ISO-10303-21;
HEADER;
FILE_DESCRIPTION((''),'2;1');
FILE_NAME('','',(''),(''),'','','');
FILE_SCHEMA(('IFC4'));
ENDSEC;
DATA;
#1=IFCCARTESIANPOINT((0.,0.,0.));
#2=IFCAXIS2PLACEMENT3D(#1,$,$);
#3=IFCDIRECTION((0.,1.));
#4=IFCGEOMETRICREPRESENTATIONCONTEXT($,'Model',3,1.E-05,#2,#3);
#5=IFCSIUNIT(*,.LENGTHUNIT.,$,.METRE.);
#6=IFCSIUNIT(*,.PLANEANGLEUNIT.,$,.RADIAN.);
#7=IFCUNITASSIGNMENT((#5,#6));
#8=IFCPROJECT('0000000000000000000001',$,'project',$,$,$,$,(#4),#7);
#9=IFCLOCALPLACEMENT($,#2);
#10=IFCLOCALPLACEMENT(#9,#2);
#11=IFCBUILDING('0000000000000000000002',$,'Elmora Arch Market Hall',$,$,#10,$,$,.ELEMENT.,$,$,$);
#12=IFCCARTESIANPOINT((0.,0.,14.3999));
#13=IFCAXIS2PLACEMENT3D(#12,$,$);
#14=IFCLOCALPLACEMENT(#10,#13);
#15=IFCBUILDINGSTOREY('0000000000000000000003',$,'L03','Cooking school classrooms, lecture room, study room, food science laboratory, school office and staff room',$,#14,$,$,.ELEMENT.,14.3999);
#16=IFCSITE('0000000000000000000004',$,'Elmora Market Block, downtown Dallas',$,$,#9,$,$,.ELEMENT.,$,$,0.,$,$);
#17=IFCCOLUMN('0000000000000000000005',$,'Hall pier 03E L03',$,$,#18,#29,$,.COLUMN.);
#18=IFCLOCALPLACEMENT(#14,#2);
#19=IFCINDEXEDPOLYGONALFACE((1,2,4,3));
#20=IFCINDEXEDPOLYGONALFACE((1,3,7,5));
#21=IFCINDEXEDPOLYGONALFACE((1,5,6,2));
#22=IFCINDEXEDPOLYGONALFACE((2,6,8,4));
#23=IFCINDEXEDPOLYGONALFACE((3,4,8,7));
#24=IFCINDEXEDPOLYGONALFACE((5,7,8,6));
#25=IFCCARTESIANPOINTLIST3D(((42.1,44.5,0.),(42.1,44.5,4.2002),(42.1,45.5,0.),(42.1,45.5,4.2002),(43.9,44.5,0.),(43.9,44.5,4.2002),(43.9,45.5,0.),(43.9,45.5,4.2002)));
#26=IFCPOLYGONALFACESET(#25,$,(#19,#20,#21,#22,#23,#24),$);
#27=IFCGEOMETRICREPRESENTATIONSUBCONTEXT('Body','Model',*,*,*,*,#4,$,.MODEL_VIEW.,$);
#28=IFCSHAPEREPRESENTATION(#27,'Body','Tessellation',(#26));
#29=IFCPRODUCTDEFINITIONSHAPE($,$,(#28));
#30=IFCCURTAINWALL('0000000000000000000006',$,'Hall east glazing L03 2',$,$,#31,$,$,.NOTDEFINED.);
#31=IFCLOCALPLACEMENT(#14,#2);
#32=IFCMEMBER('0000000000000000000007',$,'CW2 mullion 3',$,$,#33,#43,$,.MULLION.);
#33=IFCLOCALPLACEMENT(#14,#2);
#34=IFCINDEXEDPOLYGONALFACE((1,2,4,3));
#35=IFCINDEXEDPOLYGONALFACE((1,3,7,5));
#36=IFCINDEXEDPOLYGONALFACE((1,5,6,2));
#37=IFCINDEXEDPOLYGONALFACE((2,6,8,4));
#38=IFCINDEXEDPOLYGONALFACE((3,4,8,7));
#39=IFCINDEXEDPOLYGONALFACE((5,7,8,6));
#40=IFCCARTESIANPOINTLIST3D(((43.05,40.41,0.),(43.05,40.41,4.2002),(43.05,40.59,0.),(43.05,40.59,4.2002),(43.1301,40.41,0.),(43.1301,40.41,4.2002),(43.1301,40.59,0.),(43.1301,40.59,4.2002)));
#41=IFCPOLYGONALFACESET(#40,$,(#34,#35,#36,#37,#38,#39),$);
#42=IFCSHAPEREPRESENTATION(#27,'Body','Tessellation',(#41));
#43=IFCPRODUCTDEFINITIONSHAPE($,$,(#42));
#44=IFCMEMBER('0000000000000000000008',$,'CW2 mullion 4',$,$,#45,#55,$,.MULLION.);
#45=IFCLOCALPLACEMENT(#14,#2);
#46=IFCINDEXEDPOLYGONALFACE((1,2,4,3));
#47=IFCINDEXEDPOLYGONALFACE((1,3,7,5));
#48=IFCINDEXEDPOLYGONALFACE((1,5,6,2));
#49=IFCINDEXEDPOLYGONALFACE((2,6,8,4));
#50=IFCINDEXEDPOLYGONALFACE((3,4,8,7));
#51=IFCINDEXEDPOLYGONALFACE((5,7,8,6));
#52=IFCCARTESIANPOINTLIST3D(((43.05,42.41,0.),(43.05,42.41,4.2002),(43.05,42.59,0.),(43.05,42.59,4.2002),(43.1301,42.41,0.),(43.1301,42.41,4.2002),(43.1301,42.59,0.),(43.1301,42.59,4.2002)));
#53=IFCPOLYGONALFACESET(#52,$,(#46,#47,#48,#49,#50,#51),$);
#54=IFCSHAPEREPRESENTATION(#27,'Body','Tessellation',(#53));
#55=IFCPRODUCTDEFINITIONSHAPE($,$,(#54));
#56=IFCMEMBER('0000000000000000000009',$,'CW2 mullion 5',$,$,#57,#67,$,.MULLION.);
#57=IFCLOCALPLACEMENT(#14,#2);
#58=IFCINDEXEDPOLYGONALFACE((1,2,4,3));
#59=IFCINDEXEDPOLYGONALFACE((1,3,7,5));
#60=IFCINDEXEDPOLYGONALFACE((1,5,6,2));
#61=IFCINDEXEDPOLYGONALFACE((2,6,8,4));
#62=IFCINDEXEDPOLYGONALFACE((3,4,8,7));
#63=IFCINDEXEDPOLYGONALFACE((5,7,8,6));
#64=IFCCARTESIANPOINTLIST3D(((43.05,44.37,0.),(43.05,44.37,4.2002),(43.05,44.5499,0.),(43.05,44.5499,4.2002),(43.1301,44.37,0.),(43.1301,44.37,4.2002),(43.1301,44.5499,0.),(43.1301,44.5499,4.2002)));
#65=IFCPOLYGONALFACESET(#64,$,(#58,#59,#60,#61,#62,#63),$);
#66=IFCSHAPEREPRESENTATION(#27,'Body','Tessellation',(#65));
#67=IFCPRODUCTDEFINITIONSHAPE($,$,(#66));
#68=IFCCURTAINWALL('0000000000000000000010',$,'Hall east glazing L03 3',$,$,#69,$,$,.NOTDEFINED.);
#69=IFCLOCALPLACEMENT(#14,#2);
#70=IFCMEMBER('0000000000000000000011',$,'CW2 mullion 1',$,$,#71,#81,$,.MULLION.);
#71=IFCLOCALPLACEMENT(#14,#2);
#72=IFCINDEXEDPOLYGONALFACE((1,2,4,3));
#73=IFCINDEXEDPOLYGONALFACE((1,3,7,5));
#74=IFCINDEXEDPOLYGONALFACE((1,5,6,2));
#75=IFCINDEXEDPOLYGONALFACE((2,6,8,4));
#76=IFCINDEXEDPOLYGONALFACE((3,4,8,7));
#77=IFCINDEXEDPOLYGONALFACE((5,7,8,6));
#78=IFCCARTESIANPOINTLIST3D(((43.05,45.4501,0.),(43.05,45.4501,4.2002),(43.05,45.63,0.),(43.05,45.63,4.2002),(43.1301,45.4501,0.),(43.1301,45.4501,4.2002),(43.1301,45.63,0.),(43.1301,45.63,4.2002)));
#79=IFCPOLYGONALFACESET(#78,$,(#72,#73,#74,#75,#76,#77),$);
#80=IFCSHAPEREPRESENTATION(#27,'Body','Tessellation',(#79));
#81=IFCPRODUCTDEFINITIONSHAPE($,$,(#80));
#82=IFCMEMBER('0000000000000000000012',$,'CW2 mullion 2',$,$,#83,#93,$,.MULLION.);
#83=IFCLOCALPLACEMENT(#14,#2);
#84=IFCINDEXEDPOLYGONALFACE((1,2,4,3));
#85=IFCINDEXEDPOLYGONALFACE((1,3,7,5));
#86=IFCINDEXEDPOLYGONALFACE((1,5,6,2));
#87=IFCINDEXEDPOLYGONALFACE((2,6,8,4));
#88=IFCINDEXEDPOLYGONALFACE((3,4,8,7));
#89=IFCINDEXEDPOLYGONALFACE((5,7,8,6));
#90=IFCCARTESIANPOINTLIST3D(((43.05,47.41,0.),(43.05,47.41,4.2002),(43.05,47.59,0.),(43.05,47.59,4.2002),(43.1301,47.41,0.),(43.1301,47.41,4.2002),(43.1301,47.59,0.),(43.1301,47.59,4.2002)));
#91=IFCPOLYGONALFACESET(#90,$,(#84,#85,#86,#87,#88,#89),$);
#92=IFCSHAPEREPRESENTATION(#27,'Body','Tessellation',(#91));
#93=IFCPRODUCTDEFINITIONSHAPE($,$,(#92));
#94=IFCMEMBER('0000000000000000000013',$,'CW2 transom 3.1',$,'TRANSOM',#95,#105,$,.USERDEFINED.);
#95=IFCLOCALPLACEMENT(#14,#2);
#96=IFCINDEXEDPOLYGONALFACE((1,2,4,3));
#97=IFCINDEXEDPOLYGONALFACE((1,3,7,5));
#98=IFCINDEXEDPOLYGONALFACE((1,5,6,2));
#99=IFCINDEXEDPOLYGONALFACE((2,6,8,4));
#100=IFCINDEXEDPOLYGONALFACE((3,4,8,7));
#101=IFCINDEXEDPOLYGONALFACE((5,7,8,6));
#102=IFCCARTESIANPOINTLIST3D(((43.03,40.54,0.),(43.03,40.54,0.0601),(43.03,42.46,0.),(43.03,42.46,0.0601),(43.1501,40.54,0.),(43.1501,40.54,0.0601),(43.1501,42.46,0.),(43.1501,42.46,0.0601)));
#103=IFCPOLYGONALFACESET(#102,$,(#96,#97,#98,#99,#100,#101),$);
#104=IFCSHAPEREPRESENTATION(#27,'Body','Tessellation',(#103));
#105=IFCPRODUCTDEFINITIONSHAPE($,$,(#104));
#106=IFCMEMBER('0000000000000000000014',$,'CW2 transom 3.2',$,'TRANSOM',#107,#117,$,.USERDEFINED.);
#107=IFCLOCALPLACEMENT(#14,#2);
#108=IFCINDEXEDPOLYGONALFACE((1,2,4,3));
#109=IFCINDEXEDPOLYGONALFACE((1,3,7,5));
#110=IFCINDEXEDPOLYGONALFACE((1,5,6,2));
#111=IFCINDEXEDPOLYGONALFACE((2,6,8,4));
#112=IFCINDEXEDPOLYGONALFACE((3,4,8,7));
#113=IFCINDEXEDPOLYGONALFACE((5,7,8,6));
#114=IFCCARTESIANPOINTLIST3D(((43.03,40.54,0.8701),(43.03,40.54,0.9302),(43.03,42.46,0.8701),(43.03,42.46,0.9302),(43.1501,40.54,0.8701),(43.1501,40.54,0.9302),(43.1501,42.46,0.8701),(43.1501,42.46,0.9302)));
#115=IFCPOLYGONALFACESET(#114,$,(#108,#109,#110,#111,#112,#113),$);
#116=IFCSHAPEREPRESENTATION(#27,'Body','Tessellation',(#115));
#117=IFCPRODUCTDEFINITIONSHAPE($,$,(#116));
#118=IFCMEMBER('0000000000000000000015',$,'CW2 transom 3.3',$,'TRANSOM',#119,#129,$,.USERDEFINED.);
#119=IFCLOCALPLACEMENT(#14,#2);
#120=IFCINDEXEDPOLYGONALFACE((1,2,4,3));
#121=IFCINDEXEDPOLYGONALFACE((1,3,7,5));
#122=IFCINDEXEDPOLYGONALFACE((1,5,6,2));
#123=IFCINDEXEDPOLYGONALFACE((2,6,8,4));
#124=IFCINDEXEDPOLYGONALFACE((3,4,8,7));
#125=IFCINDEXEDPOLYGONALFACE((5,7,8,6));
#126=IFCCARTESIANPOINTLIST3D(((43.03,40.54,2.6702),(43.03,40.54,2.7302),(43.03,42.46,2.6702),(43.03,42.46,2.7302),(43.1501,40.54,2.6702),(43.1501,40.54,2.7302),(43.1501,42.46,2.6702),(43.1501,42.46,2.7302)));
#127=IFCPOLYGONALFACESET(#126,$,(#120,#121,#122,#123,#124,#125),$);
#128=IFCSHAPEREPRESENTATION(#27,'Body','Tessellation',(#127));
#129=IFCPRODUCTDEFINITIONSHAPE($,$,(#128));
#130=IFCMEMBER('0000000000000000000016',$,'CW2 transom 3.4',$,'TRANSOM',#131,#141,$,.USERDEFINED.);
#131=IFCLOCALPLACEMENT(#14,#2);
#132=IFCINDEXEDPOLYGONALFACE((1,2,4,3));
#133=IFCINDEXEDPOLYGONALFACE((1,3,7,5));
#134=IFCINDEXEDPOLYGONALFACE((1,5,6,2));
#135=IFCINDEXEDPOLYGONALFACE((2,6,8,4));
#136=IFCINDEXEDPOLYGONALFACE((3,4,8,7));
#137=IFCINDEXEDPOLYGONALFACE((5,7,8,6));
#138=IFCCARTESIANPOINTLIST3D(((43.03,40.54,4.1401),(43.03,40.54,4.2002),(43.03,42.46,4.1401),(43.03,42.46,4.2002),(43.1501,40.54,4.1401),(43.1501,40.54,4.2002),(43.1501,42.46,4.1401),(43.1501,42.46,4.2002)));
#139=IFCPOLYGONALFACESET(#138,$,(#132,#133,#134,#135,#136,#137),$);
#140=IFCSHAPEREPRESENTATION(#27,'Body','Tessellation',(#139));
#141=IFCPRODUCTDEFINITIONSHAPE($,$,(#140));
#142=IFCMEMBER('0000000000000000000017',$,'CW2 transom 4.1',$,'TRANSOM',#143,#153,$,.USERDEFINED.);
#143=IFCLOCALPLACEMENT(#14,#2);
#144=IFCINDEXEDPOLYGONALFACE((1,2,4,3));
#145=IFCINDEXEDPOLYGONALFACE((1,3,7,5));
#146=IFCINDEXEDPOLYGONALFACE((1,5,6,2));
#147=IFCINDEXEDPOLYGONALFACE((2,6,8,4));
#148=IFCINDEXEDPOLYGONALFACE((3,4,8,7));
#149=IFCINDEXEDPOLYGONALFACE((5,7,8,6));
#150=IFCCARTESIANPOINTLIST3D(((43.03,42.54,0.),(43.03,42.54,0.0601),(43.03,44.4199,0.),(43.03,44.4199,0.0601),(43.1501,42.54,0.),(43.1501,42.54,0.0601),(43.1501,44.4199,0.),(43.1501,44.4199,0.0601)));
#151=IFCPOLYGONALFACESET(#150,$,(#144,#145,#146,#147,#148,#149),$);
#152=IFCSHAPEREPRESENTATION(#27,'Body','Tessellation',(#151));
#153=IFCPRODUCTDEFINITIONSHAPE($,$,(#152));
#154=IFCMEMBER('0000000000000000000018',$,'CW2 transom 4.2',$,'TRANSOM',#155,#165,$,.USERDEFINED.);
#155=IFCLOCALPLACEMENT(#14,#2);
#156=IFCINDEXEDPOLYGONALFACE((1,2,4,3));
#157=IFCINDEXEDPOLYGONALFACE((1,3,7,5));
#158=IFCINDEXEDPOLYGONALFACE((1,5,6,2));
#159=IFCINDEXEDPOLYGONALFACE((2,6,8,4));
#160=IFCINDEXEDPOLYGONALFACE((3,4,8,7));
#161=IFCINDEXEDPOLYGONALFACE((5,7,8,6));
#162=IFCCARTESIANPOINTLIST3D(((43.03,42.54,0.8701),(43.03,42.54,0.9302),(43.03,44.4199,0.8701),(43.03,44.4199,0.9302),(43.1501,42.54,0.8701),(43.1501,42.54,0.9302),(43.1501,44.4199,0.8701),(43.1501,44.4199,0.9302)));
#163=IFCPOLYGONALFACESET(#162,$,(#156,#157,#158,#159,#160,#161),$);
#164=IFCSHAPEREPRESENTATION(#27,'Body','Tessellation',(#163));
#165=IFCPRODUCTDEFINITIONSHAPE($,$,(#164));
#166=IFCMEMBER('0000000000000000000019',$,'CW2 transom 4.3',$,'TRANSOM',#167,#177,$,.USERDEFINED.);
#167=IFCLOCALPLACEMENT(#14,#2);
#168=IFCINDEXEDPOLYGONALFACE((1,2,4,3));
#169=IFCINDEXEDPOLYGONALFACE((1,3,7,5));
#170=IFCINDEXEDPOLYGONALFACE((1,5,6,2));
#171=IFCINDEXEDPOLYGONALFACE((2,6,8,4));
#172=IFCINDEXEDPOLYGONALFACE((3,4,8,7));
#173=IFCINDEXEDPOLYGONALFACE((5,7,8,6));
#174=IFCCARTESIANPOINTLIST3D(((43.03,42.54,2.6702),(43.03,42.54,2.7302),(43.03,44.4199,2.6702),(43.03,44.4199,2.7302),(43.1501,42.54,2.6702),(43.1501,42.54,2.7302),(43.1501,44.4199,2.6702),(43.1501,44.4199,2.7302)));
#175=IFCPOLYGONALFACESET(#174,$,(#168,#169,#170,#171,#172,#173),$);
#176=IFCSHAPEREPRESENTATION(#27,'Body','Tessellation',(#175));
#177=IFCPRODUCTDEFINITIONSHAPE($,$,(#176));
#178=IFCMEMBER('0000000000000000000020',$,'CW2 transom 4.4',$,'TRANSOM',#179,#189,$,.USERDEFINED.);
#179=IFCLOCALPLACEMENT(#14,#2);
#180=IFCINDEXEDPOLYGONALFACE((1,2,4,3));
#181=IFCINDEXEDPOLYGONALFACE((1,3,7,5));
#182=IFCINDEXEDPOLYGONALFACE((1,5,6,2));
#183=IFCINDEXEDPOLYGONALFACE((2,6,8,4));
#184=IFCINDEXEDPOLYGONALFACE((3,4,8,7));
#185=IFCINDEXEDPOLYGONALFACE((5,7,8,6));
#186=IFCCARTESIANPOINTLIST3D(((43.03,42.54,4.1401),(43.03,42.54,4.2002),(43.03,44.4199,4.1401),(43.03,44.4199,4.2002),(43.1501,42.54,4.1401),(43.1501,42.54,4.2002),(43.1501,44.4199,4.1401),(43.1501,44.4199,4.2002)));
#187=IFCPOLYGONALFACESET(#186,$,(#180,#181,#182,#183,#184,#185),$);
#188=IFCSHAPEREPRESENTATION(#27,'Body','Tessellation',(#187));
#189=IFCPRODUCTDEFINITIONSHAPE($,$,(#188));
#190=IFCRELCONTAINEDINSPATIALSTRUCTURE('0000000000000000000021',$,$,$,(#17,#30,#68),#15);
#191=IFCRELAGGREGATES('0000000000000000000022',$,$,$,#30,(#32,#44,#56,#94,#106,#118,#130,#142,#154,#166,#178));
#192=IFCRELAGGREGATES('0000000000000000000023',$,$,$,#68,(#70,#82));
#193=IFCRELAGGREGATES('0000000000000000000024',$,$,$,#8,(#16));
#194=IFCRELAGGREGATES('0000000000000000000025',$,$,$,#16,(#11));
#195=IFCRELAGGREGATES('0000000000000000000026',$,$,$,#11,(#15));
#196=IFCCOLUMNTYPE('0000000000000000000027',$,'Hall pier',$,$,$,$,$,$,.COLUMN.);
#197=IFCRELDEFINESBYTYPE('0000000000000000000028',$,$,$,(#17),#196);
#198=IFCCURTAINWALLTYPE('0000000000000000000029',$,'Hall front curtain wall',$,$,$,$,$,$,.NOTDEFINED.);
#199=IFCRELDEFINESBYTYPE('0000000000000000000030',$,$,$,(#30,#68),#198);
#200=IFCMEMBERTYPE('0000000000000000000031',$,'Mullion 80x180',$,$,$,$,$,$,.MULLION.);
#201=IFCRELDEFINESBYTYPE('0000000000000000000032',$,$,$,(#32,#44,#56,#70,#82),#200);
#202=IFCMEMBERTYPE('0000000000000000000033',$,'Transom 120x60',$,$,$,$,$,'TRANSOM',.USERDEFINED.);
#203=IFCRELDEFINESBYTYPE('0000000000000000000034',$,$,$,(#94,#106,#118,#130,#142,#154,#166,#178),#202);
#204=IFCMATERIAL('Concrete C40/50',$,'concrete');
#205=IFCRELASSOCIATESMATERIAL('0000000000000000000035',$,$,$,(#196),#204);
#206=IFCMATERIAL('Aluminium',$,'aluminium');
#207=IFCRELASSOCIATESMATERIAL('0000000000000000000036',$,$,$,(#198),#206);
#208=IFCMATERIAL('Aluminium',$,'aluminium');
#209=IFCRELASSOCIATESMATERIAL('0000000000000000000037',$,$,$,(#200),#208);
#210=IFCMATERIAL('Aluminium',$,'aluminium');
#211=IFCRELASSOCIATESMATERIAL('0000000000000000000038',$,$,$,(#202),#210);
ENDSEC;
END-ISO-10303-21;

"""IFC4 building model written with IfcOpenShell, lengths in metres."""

from ifc_helpers import new_model, si_unit, direction, frame, origin, origin_2d, place, context, subcontext, project, spatial, rectangle, extrude, material, material_profile, profile_set, type_object, element, aggregate, save


model = new_model("IFC4")

# Units and contexts
model_context = context("Model", 3, precision=1e-05, world=origin(), true_north=direction((0.0, 1.0)))
body_context = subcontext(model_context, "Body", "Model", "MODEL_VIEW")
ifc_project = project(units=[si_unit("LENGTHUNIT", "METRE"), si_unit("PLANEANGLEUNIT", "RADIAN")], contexts=[model_context])

# Site, building, storey
site_placement = place(None, origin())
site = spatial("IfcSite", under=ifc_project, at=site_placement, Name="Elmora Market Block, downtown Dallas", CompositionType="ELEMENT", RefElevation=0.0)
building_placement = place(site_placement, origin())
building = spatial("IfcBuilding", under=site, at=building_placement, Name="Elmora Arch Market Hall", CompositionType="ELEMENT")
storey_placement = place(building_placement, frame((0.0, 0.0, 14.3999)))
storey = spatial("IfcBuildingStorey", under=building, at=storey_placement, Name="L03", Description="Cooking school classrooms, lecture room, study room, food science laboratory, school office and staff room", CompositionType="ELEMENT", Elevation=14.3999)

# Column
ifc_material_1 = material(Name="Concrete C40/50", Category="concrete")
ifc_material_profile_1 = material_profile(ifc_material_1, rectangle(XDim=1.8, YDim=1.0, at=origin_2d()), Name="Hall pier")
ifc_profile_set_1 = profile_set([ifc_material_profile_1], Name="Concrete C40/50")
column_type = type_object("IfcColumnType", Name="Hall pier", PredefinedType="COLUMN", material=ifc_profile_set_1)
column_placement = place(storey_placement, frame((43.0, 45.0, 0.0), z_axis=(0.0, 0.0, 1.0), x_axis=(1.0, 0.0, 0.0)))
element("IfcColumn", 1, at=column_placement, inside=storey, type_object=column_type, Name="Hall pier 03E L03", PredefinedType="COLUMN", context=body_context, shape_type="SweptSolid", body=[
    extrude(rectangle(XDim=1.8, YDim=1.0, at=origin_2d()), origin(), (0.0, 0.0, 1.0), 4.2002),
])

# Curtain walls, members
ifc_material_2 = material(Name="Aluminium", Category="aluminium")
curtain_wall_type = type_object("IfcCurtainWallType", Name="Hall front curtain wall", PredefinedType="NOTDEFINED", material=ifc_material_2)
curtain_wall_1_placement = place(storey_placement, origin())
curtain_wall_1 = element("IfcCurtainWall", 2, at=curtain_wall_1_placement, inside=storey, type_object=curtain_wall_type, Name="Hall east glazing L03 2", PredefinedType="NOTDEFINED")
ifc_material_3 = material(Name="Aluminium", Category="aluminium")
ifc_material_profile_2 = material_profile(ifc_material_3, rectangle(XDim=0.0801, YDim=0.1799, at=origin_2d()), Name="AL 80x180")
ifc_profile_set_2 = profile_set([ifc_material_profile_2], Name="Aluminium")
member_type_1 = type_object("IfcMemberType", Name="Mullion 80x180", PredefinedType="MULLION", material=ifc_profile_set_2)
member_1_placement = place(storey_placement, frame((43.0901, 40.5, 0.0), z_axis=(0.0, 0.0, 1.0), x_axis=(-1.0, 0.0, 0.0)))
member_1 = element("IfcMember", 3, at=member_1_placement, type_object=member_type_1, Name="CW2 mullion 3", PredefinedType="MULLION", context=body_context, shape_type="SweptSolid", body=[
    extrude(rectangle(XDim=0.0801, YDim=0.1799, at=origin_2d()), origin(), (0.0, 0.0, 1.0), 4.2002),
])
member_2_placement = place(storey_placement, frame((43.0901, 42.5, 0.0), z_axis=(0.0, 0.0, 1.0), x_axis=(-1.0, 0.0, 0.0)))
member_2 = element("IfcMember", 4, at=member_2_placement, type_object=member_type_1, Name="CW2 mullion 4", PredefinedType="MULLION", context=body_context, shape_type="SweptSolid", body=[
    extrude(rectangle(XDim=0.0801, YDim=0.1799, at=origin_2d()), origin(), (0.0, 0.0, 1.0), 4.2002),
])
member_3_placement = place(storey_placement, frame((43.0901, 44.46, 0.0), z_axis=(0.0, 0.0, 1.0), x_axis=(-1.0, 0.0, 0.0)))
member_3 = element("IfcMember", 5, at=member_3_placement, type_object=member_type_1, Name="CW2 mullion 5", PredefinedType="MULLION", context=body_context, shape_type="SweptSolid", body=[
    extrude(rectangle(XDim=0.0801, YDim=0.1799, at=origin_2d()), origin(), (0.0, 0.0, 1.0), 4.2002),
])
curtain_wall_2_placement = place(storey_placement, origin())
curtain_wall_2 = element("IfcCurtainWall", 6, at=curtain_wall_2_placement, inside=storey, type_object=curtain_wall_type, Name="Hall east glazing L03 3", PredefinedType="NOTDEFINED")
member_4_placement = place(storey_placement, frame((43.0901, 45.54, 0.0), z_axis=(0.0, 0.0, 1.0), x_axis=(-1.0, 0.0, 0.0)))
member_4 = element("IfcMember", 7, at=member_4_placement, type_object=member_type_1, Name="CW2 mullion 1", PredefinedType="MULLION", context=body_context, shape_type="SweptSolid", body=[
    extrude(rectangle(XDim=0.0801, YDim=0.1799, at=origin_2d()), origin(), (0.0, 0.0, 1.0), 4.2002),
])
member_5_placement = place(storey_placement, frame((43.0901, 47.5, 0.0), z_axis=(0.0, 0.0, 1.0), x_axis=(-1.0, 0.0, 0.0)))
member_5 = element("IfcMember", 8, at=member_5_placement, type_object=member_type_1, Name="CW2 mullion 2", PredefinedType="MULLION", context=body_context, shape_type="SweptSolid", body=[
    extrude(rectangle(XDim=0.0801, YDim=0.1799, at=origin_2d()), origin(), (0.0, 0.0, 1.0), 4.2002),
])

# Members
ifc_material_4 = material(Name="Aluminium", Category="aluminium")
ifc_material_profile_3 = material_profile(ifc_material_4, rectangle(XDim=0.1201, YDim=0.0601, at=origin_2d()), Name="AL 120x60")
ifc_profile_set_3 = profile_set([ifc_material_profile_3], Name="Aluminium")
member_type_2 = type_object("IfcMemberType", Name="Transom 120x60", ElementType="TRANSOM", PredefinedType="USERDEFINED", material=ifc_profile_set_3)
member_6_placement = place(storey_placement, frame((43.0901, 40.54, 0.03), z_axis=(0.0, 1.0, 0.0), x_axis=(-1.0, 0.0, 0.0)))
member_6 = element("IfcMember", 9, at=member_6_placement, type_object=member_type_2, Name="CW2 transom 3.1", ObjectType="TRANSOM", PredefinedType="USERDEFINED", context=body_context, shape_type="SweptSolid", body=[
    extrude(rectangle(XDim=0.1201, YDim=0.0601, at=origin_2d()), origin(), (0.0, 0.0, 1.0), 1.9199),
])
member_7_placement = place(storey_placement, frame((43.0901, 40.54, 0.9001), z_axis=(0.0, 1.0, 0.0), x_axis=(-1.0, 0.0, 0.0)))
member_7 = element("IfcMember", 10, at=member_7_placement, type_object=member_type_2, Name="CW2 transom 3.2", ObjectType="TRANSOM", PredefinedType="USERDEFINED", context=body_context, shape_type="SweptSolid", body=[
    extrude(rectangle(XDim=0.1201, YDim=0.0601, at=origin_2d()), origin(), (0.0, 0.0, 1.0), 1.9199),
])
member_8_placement = place(storey_placement, frame((43.0901, 40.54, 2.7002), z_axis=(0.0, 1.0, 0.0), x_axis=(-1.0, 0.0, 0.0)))
member_8 = element("IfcMember", 11, at=member_8_placement, type_object=member_type_2, Name="CW2 transom 3.3", ObjectType="TRANSOM", PredefinedType="USERDEFINED", context=body_context, shape_type="SweptSolid", body=[
    extrude(rectangle(XDim=0.1201, YDim=0.0601, at=origin_2d()), origin(), (0.0, 0.0, 1.0), 1.9199),
])
member_9_placement = place(storey_placement, frame((43.0901, 40.54, 4.1702), z_axis=(0.0, 1.0, 0.0), x_axis=(-1.0, 0.0, 0.0)))
member_9 = element("IfcMember", 12, at=member_9_placement, type_object=member_type_2, Name="CW2 transom 3.4", ObjectType="TRANSOM", PredefinedType="USERDEFINED", context=body_context, shape_type="SweptSolid", body=[
    extrude(rectangle(XDim=0.1201, YDim=0.0601, at=origin_2d()), origin(), (0.0, 0.0, 1.0), 1.9199),
])
member_10_placement = place(storey_placement, frame((43.0901, 42.54, 0.03), z_axis=(0.0, 1.0, 0.0), x_axis=(-1.0, 0.0, 0.0)))
member_10 = element("IfcMember", 13, at=member_10_placement, type_object=member_type_2, Name="CW2 transom 4.1", ObjectType="TRANSOM", PredefinedType="USERDEFINED", context=body_context, shape_type="SweptSolid", body=[
    extrude(rectangle(XDim=0.1201, YDim=0.0601, at=origin_2d()), origin(), (0.0, 0.0, 1.0), 1.8799),
])
member_11_placement = place(storey_placement, frame((43.0901, 42.54, 0.9001), z_axis=(0.0, 1.0, 0.0), x_axis=(-1.0, 0.0, 0.0)))
member_11 = element("IfcMember", 14, at=member_11_placement, type_object=member_type_2, Name="CW2 transom 4.2", ObjectType="TRANSOM", PredefinedType="USERDEFINED", context=body_context, shape_type="SweptSolid", body=[
    extrude(rectangle(XDim=0.1201, YDim=0.0601, at=origin_2d()), origin(), (0.0, 0.0, 1.0), 1.8799),
])
member_12_placement = place(storey_placement, frame((43.0901, 42.54, 2.7002), z_axis=(0.0, 1.0, 0.0), x_axis=(-1.0, 0.0, 0.0)))
member_12 = element("IfcMember", 15, at=member_12_placement, type_object=member_type_2, Name="CW2 transom 4.3", ObjectType="TRANSOM", PredefinedType="USERDEFINED", context=body_context, shape_type="SweptSolid", body=[
    extrude(rectangle(XDim=0.1201, YDim=0.0601, at=origin_2d()), origin(), (0.0, 0.0, 1.0), 1.8799),
])
member_13_placement = place(storey_placement, frame((43.0901, 42.54, 4.1702), z_axis=(0.0, 1.0, 0.0), x_axis=(-1.0, 0.0, 0.0)))
member_13 = element("IfcMember", 16, at=member_13_placement, type_object=member_type_2, Name="CW2 transom 4.4", ObjectType="TRANSOM", PredefinedType="USERDEFINED", context=body_context, shape_type="SweptSolid", body=[
    extrude(rectangle(XDim=0.1201, YDim=0.0601, at=origin_2d()), origin(), (0.0, 0.0, 1.0), 1.8799),
])

aggregate(curtain_wall_1, [member_1, member_2, member_3, member_6, member_7, member_8, member_9, member_10, member_11, member_12, member_13])
aggregate(curtain_wall_2, [member_4, member_5])

save(model, "model.ifc")
